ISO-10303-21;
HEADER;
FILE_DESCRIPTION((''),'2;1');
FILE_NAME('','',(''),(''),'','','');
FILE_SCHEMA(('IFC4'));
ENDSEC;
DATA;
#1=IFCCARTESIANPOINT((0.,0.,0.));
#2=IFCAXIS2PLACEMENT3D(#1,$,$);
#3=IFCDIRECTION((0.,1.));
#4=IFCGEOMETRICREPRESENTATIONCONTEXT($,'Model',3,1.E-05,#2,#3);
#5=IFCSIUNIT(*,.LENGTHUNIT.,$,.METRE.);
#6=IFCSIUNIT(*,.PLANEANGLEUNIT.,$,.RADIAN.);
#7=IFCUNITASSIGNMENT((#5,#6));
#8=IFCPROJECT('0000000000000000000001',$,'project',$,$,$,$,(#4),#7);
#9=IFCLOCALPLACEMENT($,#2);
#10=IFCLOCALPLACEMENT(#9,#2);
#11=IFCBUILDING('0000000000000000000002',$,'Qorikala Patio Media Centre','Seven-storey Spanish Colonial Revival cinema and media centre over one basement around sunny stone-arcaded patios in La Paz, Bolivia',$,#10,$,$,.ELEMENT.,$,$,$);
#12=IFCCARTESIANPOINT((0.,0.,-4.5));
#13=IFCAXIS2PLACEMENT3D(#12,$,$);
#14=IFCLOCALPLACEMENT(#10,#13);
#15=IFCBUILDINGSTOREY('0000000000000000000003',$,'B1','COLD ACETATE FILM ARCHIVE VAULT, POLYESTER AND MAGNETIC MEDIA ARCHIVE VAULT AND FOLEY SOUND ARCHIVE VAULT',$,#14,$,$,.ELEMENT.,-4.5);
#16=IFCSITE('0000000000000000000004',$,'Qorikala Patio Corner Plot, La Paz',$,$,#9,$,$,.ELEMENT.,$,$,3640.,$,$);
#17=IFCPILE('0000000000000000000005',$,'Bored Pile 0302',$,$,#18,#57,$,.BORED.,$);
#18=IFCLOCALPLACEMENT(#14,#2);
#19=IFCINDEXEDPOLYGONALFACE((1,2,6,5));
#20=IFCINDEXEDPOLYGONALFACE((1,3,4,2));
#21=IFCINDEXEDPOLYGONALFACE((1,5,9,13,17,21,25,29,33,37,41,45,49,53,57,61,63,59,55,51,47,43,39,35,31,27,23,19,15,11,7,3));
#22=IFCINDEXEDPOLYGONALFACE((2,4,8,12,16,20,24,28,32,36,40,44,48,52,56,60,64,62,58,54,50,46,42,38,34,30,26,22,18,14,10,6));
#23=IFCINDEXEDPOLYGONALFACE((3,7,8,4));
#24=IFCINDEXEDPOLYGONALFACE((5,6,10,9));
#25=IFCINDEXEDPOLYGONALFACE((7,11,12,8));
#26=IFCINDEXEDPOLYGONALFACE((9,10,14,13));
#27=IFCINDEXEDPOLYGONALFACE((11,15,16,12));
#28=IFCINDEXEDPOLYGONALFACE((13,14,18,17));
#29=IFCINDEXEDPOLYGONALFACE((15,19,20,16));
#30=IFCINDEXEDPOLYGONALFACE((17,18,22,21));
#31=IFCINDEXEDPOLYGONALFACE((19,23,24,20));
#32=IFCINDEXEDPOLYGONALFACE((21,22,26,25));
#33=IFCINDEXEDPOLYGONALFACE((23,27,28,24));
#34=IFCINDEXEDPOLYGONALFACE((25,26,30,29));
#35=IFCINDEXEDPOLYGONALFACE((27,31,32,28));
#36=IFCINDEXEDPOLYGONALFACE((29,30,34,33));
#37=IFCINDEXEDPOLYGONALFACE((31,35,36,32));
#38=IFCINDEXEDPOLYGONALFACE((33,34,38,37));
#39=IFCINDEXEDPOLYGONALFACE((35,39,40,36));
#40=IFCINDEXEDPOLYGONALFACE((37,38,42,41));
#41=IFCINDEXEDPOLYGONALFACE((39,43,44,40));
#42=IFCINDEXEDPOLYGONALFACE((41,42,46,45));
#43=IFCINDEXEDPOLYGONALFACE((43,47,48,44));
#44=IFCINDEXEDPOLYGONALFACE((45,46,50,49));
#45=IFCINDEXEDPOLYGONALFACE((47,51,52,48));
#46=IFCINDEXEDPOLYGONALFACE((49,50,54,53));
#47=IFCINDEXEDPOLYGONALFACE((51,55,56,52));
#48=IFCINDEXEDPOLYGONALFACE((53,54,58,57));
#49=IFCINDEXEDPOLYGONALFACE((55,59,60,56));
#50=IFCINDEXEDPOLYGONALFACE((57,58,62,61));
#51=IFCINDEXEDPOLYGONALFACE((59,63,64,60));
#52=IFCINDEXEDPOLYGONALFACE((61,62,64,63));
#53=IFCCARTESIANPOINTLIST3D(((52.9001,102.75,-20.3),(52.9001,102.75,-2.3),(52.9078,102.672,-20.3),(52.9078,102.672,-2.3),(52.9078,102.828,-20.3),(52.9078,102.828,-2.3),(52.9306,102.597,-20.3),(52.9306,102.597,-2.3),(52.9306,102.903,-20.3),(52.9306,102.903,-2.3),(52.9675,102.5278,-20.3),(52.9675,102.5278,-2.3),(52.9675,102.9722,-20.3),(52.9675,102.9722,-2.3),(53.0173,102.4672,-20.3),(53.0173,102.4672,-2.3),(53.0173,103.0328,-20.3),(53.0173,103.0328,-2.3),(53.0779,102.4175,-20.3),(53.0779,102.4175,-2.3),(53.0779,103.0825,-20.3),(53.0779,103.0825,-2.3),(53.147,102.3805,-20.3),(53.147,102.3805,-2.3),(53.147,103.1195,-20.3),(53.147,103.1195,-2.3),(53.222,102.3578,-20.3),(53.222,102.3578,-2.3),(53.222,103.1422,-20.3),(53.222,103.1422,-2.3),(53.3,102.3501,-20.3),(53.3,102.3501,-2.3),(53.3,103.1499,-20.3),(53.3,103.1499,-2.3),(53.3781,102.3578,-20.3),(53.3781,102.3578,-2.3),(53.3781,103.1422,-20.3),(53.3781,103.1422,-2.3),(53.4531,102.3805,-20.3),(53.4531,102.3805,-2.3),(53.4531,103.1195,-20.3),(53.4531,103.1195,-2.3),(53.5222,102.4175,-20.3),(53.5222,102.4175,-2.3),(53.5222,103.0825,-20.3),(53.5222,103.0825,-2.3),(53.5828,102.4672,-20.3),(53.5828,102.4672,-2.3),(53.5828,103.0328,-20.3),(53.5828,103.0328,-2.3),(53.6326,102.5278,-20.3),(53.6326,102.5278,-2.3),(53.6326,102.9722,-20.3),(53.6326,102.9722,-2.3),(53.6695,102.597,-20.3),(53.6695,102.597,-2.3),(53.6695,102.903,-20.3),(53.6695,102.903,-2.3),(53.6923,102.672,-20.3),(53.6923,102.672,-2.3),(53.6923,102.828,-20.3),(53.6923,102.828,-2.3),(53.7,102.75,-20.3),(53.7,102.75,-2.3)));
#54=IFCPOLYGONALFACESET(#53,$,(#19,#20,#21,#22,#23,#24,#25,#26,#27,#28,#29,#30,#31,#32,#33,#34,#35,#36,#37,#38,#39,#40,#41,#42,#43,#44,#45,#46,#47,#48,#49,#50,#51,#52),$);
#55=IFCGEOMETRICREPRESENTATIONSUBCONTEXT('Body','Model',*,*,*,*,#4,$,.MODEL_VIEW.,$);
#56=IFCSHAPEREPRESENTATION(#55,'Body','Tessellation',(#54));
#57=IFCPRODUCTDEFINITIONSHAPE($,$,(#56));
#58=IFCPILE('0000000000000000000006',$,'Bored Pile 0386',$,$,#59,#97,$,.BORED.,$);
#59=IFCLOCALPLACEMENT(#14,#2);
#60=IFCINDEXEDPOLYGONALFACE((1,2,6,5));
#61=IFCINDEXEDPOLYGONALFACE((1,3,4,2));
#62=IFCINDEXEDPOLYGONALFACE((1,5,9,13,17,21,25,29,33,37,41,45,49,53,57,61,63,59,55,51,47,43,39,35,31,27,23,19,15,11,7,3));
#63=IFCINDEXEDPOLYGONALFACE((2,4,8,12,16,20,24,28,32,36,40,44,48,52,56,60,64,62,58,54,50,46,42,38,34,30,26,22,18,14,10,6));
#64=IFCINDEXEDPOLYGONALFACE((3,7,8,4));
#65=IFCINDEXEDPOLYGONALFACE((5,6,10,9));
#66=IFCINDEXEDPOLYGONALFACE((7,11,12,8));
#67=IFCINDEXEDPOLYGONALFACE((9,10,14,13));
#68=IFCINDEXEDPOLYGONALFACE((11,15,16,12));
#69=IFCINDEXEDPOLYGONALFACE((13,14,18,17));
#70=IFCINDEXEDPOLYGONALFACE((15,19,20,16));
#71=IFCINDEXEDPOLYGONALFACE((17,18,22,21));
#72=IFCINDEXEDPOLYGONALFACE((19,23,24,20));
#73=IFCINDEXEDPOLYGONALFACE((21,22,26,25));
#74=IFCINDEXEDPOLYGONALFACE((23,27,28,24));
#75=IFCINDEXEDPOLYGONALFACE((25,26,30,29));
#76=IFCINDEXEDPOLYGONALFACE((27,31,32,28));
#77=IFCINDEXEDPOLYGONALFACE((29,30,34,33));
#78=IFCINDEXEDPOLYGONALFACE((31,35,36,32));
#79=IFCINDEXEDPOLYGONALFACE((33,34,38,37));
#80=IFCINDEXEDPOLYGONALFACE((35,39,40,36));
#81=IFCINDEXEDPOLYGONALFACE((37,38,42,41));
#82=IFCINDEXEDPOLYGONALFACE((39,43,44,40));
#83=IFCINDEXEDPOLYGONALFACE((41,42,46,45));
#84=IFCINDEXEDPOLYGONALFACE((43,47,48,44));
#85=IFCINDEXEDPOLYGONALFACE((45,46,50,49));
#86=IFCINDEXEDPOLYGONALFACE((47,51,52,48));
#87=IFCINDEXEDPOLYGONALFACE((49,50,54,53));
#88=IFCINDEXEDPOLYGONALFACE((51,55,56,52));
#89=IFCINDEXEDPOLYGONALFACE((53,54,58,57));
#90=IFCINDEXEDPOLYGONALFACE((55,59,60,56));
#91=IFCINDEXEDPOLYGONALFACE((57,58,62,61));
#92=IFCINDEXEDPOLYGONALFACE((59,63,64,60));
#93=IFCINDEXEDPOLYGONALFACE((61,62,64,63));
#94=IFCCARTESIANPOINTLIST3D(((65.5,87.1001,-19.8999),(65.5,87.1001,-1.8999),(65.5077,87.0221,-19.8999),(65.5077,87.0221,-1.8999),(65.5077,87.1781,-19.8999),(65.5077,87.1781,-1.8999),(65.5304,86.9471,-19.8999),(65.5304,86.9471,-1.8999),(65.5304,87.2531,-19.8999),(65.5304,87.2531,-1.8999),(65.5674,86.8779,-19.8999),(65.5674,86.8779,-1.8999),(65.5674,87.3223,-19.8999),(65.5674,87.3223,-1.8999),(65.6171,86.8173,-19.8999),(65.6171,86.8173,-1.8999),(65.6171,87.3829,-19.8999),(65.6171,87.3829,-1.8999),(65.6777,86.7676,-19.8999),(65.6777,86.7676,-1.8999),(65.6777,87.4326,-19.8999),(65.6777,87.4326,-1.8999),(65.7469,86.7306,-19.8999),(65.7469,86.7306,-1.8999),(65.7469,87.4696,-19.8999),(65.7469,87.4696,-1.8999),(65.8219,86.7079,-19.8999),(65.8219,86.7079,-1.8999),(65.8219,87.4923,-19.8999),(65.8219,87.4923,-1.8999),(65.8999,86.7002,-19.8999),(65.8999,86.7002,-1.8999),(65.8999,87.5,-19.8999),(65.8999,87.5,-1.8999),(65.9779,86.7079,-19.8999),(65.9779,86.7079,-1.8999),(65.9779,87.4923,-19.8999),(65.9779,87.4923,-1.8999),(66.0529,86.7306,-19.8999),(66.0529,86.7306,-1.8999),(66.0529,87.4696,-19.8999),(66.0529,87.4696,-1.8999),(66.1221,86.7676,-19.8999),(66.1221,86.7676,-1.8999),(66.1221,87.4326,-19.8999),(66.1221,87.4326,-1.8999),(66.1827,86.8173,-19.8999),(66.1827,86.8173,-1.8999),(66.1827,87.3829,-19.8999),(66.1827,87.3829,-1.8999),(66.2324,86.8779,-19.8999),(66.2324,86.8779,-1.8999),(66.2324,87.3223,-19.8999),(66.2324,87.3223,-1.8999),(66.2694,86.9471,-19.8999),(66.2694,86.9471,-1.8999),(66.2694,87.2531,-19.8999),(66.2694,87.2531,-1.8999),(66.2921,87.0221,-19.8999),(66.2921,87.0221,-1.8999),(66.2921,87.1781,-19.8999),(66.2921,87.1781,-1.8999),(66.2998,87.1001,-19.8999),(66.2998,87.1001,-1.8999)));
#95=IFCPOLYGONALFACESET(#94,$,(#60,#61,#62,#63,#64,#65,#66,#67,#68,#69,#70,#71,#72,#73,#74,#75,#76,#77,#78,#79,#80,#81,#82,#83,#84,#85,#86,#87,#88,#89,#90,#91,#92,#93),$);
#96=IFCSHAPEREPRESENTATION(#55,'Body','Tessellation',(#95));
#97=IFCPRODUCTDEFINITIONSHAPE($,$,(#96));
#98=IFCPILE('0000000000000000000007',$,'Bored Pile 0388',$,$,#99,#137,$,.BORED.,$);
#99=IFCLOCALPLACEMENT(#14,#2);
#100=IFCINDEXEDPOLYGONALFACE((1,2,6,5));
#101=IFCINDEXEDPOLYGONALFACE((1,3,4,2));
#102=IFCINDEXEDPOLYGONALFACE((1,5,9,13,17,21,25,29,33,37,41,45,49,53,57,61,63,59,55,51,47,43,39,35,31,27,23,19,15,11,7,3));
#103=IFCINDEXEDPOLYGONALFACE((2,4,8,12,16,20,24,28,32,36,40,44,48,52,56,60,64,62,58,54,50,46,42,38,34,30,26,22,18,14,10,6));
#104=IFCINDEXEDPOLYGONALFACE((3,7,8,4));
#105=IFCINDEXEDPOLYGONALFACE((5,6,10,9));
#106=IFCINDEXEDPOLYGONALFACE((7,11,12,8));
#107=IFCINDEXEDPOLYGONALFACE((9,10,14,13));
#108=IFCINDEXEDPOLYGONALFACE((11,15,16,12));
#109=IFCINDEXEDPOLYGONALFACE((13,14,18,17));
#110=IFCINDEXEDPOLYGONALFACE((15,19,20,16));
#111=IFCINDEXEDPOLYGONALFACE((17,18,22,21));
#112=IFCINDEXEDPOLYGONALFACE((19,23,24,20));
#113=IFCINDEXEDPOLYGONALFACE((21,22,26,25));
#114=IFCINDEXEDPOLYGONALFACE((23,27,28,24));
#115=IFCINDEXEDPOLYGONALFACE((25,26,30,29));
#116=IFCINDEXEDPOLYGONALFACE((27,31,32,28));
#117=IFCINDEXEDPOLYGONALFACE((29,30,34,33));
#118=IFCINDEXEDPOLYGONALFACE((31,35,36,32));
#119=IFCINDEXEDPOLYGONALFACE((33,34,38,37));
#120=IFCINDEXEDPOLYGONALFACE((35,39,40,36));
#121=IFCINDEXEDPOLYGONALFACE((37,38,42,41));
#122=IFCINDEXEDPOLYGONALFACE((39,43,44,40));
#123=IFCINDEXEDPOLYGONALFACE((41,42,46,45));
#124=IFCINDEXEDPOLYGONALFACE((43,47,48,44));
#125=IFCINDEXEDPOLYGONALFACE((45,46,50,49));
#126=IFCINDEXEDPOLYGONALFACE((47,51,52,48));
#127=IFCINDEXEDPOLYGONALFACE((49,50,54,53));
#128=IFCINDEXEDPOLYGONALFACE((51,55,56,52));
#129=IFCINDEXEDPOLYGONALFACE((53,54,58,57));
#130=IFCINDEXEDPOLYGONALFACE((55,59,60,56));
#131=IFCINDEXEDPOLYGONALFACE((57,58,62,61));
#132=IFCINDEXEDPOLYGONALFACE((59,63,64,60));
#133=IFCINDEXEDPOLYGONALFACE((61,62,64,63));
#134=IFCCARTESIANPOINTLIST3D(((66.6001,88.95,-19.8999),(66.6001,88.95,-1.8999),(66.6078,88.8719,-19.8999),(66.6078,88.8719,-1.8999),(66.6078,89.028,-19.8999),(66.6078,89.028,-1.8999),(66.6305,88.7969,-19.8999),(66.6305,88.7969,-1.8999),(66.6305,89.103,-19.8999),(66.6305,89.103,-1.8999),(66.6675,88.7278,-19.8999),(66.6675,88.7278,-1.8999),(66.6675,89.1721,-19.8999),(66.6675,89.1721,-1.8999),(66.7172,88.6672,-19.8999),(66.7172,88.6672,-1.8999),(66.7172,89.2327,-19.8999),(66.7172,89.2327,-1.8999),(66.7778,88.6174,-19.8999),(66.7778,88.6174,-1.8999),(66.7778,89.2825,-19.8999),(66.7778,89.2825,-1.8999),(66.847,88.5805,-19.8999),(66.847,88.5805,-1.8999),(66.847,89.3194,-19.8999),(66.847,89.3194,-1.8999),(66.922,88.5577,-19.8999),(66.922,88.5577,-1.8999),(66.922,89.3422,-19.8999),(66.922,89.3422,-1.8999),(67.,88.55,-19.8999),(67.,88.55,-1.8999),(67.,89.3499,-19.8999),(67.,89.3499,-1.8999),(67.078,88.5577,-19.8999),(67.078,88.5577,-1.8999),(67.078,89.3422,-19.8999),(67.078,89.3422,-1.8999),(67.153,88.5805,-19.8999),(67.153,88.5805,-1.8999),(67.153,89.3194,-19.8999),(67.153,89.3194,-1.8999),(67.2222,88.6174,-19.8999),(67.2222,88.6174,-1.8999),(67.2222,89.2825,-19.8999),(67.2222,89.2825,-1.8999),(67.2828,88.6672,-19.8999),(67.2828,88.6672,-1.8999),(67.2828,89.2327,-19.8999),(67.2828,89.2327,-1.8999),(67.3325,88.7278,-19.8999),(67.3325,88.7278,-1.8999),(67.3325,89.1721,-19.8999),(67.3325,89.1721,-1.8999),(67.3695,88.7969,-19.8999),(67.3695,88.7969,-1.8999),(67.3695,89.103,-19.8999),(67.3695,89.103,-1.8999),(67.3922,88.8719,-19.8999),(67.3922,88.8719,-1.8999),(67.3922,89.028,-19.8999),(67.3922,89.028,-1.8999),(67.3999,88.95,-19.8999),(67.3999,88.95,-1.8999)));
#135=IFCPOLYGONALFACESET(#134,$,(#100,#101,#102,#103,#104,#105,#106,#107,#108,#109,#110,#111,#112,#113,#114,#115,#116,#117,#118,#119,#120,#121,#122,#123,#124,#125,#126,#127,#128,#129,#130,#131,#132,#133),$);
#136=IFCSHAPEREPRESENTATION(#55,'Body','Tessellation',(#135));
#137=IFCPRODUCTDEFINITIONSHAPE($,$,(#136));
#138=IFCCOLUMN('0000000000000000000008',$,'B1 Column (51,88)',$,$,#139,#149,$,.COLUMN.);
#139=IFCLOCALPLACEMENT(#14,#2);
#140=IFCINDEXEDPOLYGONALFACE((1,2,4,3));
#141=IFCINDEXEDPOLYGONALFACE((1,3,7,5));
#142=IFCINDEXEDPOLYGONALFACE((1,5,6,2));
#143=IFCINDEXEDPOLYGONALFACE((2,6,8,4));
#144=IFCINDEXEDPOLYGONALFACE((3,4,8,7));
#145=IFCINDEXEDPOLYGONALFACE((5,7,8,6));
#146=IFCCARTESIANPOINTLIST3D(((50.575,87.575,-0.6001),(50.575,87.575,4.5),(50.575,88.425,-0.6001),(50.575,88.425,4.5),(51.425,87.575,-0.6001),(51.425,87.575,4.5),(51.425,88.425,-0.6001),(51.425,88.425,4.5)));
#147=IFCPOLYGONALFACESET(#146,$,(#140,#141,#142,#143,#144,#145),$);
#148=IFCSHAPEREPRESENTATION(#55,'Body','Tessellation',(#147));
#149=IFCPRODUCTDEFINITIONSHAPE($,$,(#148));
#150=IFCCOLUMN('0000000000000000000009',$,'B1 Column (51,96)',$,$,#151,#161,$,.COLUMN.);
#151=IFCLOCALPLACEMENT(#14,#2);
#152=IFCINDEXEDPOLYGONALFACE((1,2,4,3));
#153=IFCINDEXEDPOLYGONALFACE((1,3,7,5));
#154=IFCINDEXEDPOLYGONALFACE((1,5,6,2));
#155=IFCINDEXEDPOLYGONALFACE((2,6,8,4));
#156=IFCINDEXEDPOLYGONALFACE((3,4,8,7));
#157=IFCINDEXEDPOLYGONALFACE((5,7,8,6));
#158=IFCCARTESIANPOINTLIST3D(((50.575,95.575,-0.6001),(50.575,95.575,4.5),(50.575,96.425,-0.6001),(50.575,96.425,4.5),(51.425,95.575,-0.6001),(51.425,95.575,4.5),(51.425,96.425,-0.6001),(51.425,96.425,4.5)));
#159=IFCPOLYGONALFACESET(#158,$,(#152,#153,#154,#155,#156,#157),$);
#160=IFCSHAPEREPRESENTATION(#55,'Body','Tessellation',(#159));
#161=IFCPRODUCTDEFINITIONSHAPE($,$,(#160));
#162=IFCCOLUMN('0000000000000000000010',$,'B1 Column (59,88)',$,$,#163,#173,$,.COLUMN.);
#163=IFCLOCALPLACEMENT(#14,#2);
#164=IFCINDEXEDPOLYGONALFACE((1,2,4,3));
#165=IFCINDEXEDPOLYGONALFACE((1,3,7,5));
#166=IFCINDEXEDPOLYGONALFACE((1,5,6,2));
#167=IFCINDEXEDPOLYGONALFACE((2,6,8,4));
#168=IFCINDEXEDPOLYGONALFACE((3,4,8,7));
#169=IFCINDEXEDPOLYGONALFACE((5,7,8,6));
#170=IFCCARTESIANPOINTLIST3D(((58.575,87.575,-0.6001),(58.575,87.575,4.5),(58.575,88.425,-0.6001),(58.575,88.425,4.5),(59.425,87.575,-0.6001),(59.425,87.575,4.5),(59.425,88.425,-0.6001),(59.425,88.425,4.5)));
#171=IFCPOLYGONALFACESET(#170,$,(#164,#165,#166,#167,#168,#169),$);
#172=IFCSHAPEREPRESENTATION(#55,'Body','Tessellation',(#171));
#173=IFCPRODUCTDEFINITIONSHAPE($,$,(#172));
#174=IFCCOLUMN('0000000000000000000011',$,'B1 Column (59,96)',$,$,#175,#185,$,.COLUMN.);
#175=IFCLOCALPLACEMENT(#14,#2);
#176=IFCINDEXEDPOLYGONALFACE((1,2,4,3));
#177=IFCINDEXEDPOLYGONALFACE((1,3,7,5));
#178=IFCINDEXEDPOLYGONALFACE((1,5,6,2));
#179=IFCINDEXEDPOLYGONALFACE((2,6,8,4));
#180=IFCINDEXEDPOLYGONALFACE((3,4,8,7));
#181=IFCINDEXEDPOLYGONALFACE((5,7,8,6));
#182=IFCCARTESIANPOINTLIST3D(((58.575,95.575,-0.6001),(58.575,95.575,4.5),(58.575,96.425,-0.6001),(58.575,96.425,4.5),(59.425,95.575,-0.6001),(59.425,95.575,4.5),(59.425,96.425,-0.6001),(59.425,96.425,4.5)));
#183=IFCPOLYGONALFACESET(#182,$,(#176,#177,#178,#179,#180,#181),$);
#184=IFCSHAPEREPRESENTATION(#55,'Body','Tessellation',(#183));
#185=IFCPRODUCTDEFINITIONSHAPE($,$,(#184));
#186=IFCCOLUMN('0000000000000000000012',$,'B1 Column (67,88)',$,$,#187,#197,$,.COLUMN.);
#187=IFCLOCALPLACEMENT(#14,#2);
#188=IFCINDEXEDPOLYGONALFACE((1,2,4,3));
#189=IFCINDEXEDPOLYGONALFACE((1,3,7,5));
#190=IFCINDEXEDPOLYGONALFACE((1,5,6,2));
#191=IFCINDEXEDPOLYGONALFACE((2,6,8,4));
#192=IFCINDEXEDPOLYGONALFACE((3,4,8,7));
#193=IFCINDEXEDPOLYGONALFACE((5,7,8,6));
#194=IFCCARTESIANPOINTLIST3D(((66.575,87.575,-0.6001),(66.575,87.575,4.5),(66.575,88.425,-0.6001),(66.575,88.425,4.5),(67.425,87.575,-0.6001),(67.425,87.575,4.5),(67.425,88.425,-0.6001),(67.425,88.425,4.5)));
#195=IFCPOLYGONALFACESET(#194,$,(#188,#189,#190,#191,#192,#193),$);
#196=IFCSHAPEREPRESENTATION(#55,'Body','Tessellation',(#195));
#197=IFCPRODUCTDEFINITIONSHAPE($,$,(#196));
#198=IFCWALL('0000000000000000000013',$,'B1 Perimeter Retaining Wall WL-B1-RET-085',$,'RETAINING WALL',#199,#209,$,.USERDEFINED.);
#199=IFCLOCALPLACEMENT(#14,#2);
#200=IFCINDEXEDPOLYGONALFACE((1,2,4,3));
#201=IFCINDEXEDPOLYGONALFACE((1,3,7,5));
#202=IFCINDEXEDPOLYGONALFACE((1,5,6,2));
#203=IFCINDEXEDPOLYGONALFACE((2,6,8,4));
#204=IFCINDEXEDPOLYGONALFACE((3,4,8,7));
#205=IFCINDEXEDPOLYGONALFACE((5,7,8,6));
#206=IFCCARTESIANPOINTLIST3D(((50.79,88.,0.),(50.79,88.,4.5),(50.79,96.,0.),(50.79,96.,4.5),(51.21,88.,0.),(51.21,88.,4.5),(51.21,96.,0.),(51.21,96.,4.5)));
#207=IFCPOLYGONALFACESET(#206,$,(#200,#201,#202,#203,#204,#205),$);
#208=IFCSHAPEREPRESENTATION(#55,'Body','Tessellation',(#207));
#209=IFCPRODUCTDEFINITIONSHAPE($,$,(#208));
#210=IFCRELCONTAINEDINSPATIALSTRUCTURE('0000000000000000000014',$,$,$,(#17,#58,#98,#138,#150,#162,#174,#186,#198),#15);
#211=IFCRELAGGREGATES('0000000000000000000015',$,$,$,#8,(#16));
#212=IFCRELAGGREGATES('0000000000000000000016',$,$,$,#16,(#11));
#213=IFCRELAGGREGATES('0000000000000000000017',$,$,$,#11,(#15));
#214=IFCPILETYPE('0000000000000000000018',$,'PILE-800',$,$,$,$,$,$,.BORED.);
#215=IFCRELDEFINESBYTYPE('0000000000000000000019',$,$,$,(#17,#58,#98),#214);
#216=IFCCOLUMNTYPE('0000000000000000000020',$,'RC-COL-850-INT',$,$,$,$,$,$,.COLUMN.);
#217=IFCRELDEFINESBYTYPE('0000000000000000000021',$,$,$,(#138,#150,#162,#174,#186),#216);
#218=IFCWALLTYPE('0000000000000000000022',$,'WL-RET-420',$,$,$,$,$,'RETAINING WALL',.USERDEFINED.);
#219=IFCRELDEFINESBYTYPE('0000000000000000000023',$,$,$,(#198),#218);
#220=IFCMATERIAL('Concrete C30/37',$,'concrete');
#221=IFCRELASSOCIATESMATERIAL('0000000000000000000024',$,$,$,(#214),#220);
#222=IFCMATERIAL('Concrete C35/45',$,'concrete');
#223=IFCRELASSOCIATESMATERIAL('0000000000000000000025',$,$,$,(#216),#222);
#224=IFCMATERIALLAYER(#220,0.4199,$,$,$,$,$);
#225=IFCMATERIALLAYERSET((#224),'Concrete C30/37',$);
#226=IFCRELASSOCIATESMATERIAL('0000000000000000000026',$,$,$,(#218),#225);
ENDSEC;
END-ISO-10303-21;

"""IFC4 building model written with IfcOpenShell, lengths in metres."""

from ifc_helpers import new_model, si_unit, direction, frame, frame_2d, origin, origin_2d, place, context, subcontext, project, spatial, rectangle, circle, extrude, material, layer, layer_set, material_profile, profile_set, type_object, element, save


model = new_model("IFC4")

# Units and contexts
model_context = context("Model", 3, precision=1e-05, world=origin(), true_north=direction((0.0, 1.0)))
body_context = subcontext(model_context, "Body", "Model", "MODEL_VIEW")
ifc_project = project(units=[si_unit("LENGTHUNIT", "METRE"), si_unit("PLANEANGLEUNIT", "RADIAN")], contexts=[model_context])

# Site, building, storey
site_placement = place(None, origin())
site = spatial("IfcSite", under=ifc_project, at=site_placement, Name="Qorikala Patio Corner Plot, La Paz", CompositionType="ELEMENT", RefElevation=3640.0)
building_placement = place(site_placement, origin())
building = spatial("IfcBuilding", under=site, at=building_placement, Name="Qorikala Patio Media Centre", Description="Seven-storey Spanish Colonial Revival cinema and media centre over one basement around sunny stone-arcaded patios in La Paz, Bolivia", CompositionType="ELEMENT")
storey_placement = place(building_placement, frame((0.0, 0.0, -4.5)))
storey = spatial("IfcBuildingStorey", under=building, at=storey_placement, Name="B1", Description="COLD ACETATE FILM ARCHIVE VAULT, POLYESTER AND MAGNETIC MEDIA ARCHIVE VAULT AND FOLEY SOUND ARCHIVE VAULT", CompositionType="ELEMENT", Elevation=-4.5)

# Shared definitions
ifc_material_1 = material(Name="Concrete C30/37", Category="concrete")

# Piles
ifc_material_profile_1 = material_profile(ifc_material_1, circle(Radius=0.3999, at=origin_2d()), Name="BORED PILE 800")
ifc_profile_set_1 = profile_set([ifc_material_profile_1], Name="Concrete C30/37")
pile_type_1 = type_object("IfcPileType", Name="PILE-800", PredefinedType="BORED", material=ifc_profile_set_1)
for number, where, z_axis, x_axis, name in (
    (1, (53.3, 102.75, -2.3), (0.0, 0.0, -1.0), (1.0, 0.0, 0.0), "Bored Pile 0302"),
    (2, (65.8999, 87.1001, -1.8999), (0.0, 0.0, -1.0), (1.0, 0.0, 0.0), "Bored Pile 0386"),
    (3, (67.0, 88.95, -1.8999), (0.0, 0.0, -1.0), (1.0, 0.0, 0.0), "Bored Pile 0388"),
):
    element("IfcPile", number, at=place(storey_placement, frame(where, z_axis=z_axis, x_axis=x_axis)), inside=storey, type_object=pile_type_1, Name=name, PredefinedType="BORED", context=body_context, shape_type="SweptSolid", body=[
        extrude(circle(Radius=0.3999, at=origin_2d()), origin(), (0.0, 0.0, 1.0), 18.0),
    ])

# Columns
ifc_material_2 = material(Name="Concrete C35/45", Category="concrete")
ifc_material_profile_2 = material_profile(ifc_material_2, rectangle(XDim=0.8501, YDim=0.8501, at=origin_2d()), Name="RC 850x850")
ifc_profile_set_2 = profile_set([ifc_material_profile_2], Name="Concrete C35/45")
column_type = type_object("IfcColumnType", Name="RC-COL-850-INT", PredefinedType="COLUMN", material=ifc_profile_set_2)
for number, where, z_axis, x_axis, name in (
    (4, (51.0, 88.0, -0.6001), (0.0, 0.0, 1.0), (1.0, 0.0, 0.0), "B1 Column (51,88)"),
    (5, (51.0, 96.0, -0.6001), (0.0, 0.0, 1.0), (1.0, 0.0, 0.0), "B1 Column (51,96)"),
    (6, (59.0, 88.0, -0.6001), (0.0, 0.0, 1.0), (1.0, 0.0, 0.0), "B1 Column (59,88)"),
    (7, (59.0, 96.0, -0.6001), (0.0, 0.0, 1.0), (1.0, 0.0, 0.0), "B1 Column (59,96)"),
    (8, (67.0, 88.0, -0.6001), (0.0, 0.0, 1.0), (1.0, 0.0, 0.0), "B1 Column (67,88)"),
):
    element("IfcColumn", number, at=place(storey_placement, frame(where, z_axis=z_axis, x_axis=x_axis)), inside=storey, type_object=column_type, Name=name, PredefinedType="COLUMN", context=body_context, shape_type="SweptSolid", body=[
        extrude(rectangle(XDim=0.8501, YDim=0.8501, at=origin_2d()), origin(), (0.0, 0.0, 1.0), 5.1001),
    ])

# Wall
ifc_layer_1 = layer(ifc_material_1, 0.4199)
ifc_layer_set_1 = layer_set([ifc_layer_1], Name="Concrete C30/37")
wall_type = type_object("IfcWallType", Name="WL-RET-420", ElementType="RETAINING WALL", PredefinedType="USERDEFINED", material=ifc_layer_set_1)
for number, where, z_axis, x_axis, name in (
    (9, (51.0, 88.0, 0.0), (0.0, 0.0, 1.0), (0.0, 1.0, 0.0), "B1 Perimeter Retaining Wall WL-B1-RET-085"),
):
    element("IfcWall", number, at=place(storey_placement, frame(where, z_axis=z_axis, x_axis=x_axis)), inside=storey, type_object=wall_type, Name=name, ObjectType="RETAINING WALL", PredefinedType="USERDEFINED", context=body_context, shape_type="SweptSolid", body=[
        extrude(rectangle(XDim=8.0, YDim=0.4199, at=frame_2d((4.0, 0.0))), origin(), (0.0, 0.0, 1.0), 4.5),
    ])

save(model, "model.ifc")
